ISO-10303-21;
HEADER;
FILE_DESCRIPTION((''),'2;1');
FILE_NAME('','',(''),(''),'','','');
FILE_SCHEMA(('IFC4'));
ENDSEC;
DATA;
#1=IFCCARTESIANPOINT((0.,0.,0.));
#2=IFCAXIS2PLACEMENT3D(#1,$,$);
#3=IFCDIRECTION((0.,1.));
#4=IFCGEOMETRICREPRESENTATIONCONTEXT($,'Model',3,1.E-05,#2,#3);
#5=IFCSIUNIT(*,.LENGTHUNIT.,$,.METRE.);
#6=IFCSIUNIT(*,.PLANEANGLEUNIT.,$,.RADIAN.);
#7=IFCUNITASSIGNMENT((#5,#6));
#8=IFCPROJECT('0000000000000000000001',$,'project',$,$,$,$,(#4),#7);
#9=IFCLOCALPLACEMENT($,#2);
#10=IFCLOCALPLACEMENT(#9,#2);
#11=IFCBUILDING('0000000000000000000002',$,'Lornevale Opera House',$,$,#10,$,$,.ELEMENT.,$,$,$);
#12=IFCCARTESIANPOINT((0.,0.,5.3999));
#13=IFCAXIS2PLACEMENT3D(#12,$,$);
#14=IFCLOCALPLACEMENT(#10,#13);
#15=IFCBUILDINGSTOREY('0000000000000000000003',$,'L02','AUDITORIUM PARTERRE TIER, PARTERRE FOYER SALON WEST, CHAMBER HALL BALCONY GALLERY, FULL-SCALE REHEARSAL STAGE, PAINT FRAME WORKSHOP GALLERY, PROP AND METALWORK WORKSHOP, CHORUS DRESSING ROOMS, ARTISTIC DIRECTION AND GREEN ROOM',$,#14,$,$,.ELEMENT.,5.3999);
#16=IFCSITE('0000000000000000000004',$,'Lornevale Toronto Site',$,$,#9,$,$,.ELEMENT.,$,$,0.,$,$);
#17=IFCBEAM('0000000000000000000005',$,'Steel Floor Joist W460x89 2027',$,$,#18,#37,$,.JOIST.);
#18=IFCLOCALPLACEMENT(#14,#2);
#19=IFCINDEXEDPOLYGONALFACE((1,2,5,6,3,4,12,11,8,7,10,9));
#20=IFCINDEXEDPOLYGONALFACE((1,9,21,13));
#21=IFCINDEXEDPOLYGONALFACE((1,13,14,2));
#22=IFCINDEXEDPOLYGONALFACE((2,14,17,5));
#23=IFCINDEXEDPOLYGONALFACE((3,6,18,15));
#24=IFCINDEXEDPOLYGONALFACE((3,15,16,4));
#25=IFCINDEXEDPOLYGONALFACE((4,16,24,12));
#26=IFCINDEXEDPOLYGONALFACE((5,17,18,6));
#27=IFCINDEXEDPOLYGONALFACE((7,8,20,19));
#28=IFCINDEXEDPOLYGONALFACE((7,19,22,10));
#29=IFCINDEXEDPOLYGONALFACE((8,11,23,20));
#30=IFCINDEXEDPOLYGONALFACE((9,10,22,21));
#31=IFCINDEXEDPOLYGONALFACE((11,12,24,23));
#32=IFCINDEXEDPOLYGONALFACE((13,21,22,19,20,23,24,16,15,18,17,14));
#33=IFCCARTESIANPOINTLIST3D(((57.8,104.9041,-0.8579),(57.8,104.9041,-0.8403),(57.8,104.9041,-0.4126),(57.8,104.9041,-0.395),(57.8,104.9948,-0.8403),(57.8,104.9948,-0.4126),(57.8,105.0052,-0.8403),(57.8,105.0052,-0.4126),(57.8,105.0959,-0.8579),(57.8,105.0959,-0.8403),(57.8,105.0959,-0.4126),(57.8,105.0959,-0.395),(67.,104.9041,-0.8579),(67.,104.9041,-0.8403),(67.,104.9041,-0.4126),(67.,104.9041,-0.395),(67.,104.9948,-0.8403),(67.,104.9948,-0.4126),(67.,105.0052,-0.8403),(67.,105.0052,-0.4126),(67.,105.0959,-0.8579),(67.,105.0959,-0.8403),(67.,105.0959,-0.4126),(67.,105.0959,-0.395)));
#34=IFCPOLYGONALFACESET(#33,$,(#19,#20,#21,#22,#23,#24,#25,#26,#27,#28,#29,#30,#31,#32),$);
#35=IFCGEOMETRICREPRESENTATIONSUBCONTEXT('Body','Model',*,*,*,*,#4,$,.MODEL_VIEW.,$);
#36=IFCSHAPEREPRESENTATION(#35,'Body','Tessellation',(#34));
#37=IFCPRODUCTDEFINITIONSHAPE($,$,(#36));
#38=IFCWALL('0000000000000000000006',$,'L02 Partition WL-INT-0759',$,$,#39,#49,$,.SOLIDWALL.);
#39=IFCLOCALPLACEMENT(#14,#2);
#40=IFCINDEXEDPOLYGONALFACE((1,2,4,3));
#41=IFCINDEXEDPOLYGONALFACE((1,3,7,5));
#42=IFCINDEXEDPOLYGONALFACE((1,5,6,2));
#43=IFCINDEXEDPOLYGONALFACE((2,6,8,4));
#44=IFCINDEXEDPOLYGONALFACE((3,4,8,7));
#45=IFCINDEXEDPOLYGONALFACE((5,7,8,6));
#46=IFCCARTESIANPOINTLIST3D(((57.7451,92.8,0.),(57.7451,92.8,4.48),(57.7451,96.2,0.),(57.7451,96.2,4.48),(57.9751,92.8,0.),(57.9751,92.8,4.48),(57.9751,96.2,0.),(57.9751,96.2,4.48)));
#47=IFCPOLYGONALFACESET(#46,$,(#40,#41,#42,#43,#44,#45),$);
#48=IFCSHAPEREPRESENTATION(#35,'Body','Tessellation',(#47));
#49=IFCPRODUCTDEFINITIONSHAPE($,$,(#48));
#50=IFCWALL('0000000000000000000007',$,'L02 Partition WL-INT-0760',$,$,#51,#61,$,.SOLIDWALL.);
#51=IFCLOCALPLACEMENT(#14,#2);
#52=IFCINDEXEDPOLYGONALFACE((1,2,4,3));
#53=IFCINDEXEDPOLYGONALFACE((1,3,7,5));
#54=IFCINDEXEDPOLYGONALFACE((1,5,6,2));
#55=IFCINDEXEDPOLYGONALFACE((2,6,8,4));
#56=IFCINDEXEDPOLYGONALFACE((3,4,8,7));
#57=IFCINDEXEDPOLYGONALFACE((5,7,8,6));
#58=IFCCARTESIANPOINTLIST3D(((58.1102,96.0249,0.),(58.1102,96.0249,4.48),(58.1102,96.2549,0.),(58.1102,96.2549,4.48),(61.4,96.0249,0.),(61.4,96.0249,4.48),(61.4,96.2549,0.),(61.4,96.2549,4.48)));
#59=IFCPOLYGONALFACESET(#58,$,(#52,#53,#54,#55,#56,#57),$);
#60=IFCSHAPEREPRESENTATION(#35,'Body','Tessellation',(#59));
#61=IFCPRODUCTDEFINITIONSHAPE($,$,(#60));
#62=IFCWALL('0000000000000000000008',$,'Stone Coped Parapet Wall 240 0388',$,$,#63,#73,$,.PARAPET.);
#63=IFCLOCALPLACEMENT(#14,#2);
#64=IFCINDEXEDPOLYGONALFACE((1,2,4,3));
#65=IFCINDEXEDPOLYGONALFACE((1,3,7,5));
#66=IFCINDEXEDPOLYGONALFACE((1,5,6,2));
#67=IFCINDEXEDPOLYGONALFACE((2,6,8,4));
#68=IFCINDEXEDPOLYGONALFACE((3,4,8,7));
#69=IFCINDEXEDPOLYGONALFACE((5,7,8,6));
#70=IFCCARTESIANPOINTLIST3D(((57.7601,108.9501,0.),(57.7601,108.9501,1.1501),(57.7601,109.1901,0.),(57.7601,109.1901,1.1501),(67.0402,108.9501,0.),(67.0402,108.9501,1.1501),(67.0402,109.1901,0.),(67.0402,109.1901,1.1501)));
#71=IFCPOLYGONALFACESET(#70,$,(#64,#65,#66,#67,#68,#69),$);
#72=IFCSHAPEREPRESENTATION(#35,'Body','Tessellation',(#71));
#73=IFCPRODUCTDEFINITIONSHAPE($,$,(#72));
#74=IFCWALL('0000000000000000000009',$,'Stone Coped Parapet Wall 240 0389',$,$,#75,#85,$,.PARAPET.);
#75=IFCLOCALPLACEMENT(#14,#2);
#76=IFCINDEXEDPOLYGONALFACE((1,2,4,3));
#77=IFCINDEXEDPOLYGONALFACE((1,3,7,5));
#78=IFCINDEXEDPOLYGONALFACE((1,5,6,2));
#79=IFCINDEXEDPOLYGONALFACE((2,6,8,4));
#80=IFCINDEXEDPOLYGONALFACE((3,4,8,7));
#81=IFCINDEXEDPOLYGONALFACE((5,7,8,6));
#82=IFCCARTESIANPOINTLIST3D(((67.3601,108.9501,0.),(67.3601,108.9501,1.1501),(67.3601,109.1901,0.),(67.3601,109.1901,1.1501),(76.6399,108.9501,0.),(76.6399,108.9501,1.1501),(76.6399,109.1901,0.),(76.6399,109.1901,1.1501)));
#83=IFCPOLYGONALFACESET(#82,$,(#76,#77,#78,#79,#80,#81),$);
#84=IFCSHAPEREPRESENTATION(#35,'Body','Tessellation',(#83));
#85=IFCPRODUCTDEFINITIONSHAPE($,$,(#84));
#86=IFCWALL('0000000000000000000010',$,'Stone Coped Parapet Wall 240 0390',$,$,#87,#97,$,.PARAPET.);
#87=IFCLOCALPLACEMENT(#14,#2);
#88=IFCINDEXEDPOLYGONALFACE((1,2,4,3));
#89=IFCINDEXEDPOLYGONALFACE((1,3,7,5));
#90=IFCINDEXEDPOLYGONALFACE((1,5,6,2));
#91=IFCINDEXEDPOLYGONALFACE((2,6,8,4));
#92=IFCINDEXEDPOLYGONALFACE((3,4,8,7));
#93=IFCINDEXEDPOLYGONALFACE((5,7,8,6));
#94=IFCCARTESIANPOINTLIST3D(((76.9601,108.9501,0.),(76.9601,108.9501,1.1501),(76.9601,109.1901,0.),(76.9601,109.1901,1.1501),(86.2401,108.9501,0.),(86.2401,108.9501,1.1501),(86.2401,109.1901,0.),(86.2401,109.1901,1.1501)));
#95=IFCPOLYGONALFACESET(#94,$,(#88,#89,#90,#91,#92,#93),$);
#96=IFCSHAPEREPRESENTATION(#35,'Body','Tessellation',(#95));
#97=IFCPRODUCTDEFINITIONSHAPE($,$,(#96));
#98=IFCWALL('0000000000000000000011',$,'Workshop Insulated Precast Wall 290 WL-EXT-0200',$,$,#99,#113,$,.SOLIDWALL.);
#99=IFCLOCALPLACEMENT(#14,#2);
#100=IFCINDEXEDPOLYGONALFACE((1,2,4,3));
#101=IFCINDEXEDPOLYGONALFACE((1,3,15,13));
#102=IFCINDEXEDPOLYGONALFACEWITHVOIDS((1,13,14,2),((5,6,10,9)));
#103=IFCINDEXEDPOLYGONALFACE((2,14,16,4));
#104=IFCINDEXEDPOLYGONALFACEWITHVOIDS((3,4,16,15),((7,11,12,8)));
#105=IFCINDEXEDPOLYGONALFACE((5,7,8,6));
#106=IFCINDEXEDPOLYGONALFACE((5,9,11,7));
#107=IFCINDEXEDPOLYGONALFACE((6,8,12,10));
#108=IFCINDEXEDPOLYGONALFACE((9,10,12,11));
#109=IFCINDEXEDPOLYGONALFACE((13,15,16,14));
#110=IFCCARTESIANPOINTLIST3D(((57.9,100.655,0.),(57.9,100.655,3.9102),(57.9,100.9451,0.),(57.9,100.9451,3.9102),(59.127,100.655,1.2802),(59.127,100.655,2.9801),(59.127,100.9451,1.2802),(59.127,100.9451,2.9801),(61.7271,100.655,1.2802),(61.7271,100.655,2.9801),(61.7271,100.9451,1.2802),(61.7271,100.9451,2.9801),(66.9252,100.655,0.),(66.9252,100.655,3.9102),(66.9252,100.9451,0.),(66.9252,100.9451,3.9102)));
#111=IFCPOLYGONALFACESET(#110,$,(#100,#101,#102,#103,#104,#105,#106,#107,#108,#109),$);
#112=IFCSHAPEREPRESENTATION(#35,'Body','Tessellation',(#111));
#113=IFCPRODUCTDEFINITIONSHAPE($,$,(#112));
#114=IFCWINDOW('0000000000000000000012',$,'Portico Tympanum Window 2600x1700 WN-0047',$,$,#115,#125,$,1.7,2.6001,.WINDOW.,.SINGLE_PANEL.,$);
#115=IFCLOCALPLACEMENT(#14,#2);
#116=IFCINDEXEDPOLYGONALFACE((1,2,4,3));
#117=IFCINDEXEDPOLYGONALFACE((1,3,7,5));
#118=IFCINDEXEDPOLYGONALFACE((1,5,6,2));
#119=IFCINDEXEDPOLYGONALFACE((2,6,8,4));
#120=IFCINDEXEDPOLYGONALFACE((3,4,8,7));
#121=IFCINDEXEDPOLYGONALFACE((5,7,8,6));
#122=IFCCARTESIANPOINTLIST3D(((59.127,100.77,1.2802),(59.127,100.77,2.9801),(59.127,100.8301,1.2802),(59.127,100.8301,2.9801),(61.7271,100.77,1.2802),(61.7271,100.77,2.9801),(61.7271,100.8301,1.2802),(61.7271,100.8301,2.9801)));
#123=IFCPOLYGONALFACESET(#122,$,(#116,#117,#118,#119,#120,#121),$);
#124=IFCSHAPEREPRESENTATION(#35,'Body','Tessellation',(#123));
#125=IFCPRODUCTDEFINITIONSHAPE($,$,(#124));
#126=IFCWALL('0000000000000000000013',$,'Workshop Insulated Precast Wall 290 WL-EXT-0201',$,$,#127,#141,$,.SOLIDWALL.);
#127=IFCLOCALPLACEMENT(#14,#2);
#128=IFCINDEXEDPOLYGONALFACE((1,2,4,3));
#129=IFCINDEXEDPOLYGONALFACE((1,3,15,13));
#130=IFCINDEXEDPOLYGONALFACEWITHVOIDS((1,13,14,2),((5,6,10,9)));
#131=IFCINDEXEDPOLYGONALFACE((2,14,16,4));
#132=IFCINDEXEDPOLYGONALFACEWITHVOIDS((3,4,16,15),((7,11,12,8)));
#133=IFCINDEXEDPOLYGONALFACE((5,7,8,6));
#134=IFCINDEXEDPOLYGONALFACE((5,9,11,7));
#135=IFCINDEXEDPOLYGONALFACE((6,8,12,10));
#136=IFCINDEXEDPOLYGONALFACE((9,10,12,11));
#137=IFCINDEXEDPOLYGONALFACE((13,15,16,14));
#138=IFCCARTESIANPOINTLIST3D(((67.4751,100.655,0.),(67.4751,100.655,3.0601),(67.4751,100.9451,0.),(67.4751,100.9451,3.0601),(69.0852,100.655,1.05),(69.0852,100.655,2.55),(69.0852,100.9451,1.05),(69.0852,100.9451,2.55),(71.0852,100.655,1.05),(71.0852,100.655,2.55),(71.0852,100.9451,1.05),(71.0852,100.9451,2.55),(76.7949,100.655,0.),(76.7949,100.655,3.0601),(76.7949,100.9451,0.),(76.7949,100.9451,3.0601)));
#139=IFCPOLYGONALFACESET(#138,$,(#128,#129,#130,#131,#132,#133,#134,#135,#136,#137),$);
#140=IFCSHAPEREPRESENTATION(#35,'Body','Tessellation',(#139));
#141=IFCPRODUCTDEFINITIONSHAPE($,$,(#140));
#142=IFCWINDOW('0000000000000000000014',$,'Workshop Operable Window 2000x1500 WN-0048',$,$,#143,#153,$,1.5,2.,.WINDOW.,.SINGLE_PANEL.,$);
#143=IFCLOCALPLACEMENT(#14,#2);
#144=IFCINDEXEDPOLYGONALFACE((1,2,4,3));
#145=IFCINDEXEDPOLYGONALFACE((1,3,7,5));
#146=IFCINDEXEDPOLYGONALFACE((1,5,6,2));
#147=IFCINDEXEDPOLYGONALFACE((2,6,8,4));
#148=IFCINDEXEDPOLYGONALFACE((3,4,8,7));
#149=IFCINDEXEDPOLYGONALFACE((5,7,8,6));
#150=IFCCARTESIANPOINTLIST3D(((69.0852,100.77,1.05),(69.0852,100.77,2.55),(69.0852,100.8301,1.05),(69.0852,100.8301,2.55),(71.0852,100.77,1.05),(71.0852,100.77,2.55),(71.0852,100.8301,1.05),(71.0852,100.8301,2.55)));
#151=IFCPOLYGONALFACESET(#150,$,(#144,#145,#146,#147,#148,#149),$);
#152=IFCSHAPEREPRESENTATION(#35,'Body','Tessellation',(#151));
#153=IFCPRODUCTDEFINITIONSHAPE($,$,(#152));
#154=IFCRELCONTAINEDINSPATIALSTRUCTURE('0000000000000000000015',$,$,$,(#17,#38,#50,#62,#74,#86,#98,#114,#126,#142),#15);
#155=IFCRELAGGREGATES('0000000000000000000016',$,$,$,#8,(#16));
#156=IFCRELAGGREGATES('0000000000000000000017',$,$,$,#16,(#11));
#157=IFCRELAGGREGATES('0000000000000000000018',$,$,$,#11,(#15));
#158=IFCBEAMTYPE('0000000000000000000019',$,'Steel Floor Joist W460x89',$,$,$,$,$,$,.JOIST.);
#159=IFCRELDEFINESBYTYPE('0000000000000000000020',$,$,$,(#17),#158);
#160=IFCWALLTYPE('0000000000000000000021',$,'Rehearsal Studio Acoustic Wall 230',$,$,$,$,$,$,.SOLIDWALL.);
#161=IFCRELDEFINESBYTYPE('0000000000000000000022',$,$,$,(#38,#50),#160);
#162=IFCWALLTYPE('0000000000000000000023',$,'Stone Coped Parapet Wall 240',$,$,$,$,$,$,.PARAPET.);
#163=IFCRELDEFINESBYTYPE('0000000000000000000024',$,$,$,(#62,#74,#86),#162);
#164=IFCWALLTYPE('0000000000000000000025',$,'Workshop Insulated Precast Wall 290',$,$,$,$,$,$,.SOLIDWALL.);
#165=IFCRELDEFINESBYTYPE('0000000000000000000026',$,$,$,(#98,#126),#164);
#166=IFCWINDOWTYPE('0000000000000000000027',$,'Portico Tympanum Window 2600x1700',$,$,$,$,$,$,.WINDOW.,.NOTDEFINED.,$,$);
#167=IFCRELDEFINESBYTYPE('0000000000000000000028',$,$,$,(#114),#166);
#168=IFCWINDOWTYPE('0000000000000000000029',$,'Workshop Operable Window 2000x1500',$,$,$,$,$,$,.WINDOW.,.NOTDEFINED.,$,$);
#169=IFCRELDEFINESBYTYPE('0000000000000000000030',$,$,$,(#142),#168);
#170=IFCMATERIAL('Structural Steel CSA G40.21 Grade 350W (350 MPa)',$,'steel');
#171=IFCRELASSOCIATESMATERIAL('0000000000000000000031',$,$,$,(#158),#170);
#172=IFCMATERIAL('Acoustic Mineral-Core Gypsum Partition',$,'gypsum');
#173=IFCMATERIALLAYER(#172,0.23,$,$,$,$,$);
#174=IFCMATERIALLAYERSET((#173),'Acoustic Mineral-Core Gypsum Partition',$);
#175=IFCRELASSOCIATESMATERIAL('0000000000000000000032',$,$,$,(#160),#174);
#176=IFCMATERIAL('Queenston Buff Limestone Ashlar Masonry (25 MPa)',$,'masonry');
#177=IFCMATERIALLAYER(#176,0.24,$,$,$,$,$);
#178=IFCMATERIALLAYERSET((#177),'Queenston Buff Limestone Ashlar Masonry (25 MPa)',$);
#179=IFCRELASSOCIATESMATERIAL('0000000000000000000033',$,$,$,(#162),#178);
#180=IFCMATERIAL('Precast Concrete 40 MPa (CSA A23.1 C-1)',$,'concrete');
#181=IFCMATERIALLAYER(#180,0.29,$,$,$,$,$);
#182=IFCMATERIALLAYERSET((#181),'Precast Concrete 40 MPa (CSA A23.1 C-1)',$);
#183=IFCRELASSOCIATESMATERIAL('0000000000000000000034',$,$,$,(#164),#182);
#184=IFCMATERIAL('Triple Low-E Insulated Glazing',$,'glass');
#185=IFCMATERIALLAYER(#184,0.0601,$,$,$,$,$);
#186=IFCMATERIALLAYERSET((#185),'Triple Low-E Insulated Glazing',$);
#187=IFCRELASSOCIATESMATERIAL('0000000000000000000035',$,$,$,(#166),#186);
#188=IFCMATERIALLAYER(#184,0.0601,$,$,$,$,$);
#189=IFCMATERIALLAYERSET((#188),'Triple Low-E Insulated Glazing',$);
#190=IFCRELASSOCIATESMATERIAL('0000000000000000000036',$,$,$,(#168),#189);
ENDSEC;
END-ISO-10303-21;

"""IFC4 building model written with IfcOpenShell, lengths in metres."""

from ifc_helpers import new_model, si_unit, direction, frame, frame_2d, origin, origin_2d, place, context, subcontext, project, spatial, rectangle, i_section, extrude, material, layer, layer_set, material_profile, profile_set, type_object, element, fill, save


model = new_model("IFC4")

# Units and contexts
model_context = context("Model", 3, precision=1e-05, world=origin(), true_north=direction((0.0, 1.0)))
body_context = subcontext(model_context, "Body", "Model", "MODEL_VIEW")
ifc_project = project(units=[si_unit("LENGTHUNIT", "METRE"), si_unit("PLANEANGLEUNIT", "RADIAN")], contexts=[model_context])

# Site, building, storey
site_placement = place(None, origin())
site = spatial("IfcSite", under=ifc_project, at=site_placement, Name="Lornevale Toronto Site", CompositionType="ELEMENT", RefElevation=0.0)
building_placement = place(site_placement, origin())
building = spatial("IfcBuilding", under=site, at=building_placement, Name="Lornevale Opera House", CompositionType="ELEMENT")
storey_placement = place(building_placement, frame((0.0, 0.0, 5.3999)))
storey = spatial("IfcBuildingStorey", under=building, at=storey_placement, Name="L02", Description="AUDITORIUM PARTERRE TIER, PARTERRE FOYER SALON WEST, CHAMBER HALL BALCONY GALLERY, FULL-SCALE REHEARSAL STAGE, PAINT FRAME WORKSHOP GALLERY, PROP AND METALWORK WORKSHOP, CHORUS DRESSING ROOMS, ARTISTIC DIRECTION AND GREEN ROOM", CompositionType="ELEMENT", Elevation=5.3999)

# Beam
ifc_material_1 = material(Name="Structural Steel CSA G40.21 Grade 350W (350 MPa)", Category="steel")
ifc_material_profile_1 = material_profile(ifc_material_1, i_section(OverallWidth=0.1919, OverallDepth=0.4629, WebThickness=0.0105, FlangeThickness=0.0176, at=origin_2d()), Name="W460x89")
ifc_profile_set_1 = profile_set([ifc_material_profile_1], Name="Structural Steel CSA G40.21 Grade 350W (350 MPa)")
beam_type_1 = type_object("IfcBeamType", Name="Steel Floor Joist W460x89", PredefinedType="JOIST", material=ifc_profile_set_1)
for number, where, z_axis, x_axis, name in (
    (1, (57.8, 105.0, -0.6265), (1.0, 0.0, 0.0), (0.0, 1.0, 0.0), "Steel Floor Joist W460x89 2027"),
):
    element("IfcBeam", number, at=place(storey_placement, frame(where, z_axis=z_axis, x_axis=x_axis)), inside=storey, type_object=beam_type_1, Name=name, PredefinedType="JOIST", context=body_context, shape_type="SweptSolid", body=[
        extrude(i_section(OverallWidth=0.1919, OverallDepth=0.4629, WebThickness=0.0105, FlangeThickness=0.0176, at=origin_2d()), origin(), (0.0, 0.0, 1.0), 9.2),
    ])

# Walls
ifc_material_2 = material(Name="Acoustic Mineral-Core Gypsum Partition", Category="gypsum")
ifc_layer_1 = layer(ifc_material_2, 0.23)
ifc_layer_set_1 = layer_set([ifc_layer_1], Name="Acoustic Mineral-Core Gypsum Partition")
wall_type_1 = type_object("IfcWallType", Name="Rehearsal Studio Acoustic Wall 230", PredefinedType="SOLIDWALL", material=ifc_layer_set_1)
wall_1_placement = place(storey_placement, frame((57.8601, 92.8, 0.0), z_axis=(0.0, 0.0, 1.0), x_axis=(0.0, 1.0, 0.0)))
element("IfcWall", 2, at=wall_1_placement, inside=storey, type_object=wall_type_1, Name="L02 Partition WL-INT-0759", PredefinedType="SOLIDWALL", context=body_context, shape_type="SweptSolid", body=[
    extrude(rectangle(XDim=3.3999, YDim=0.23, at=frame_2d((1.7, 0.0))), origin(), (0.0, 0.0, 1.0), 4.48),
])
wall_2_placement = place(storey_placement, frame((58.1101, 96.1399, 0.0), z_axis=(0.0, 0.0, 1.0), x_axis=(1.0, 0.0, 0.0)))
element("IfcWall", 3, at=wall_2_placement, inside=storey, type_object=wall_type_1, Name="L02 Partition WL-INT-0760", PredefinedType="SOLIDWALL", context=body_context, shape_type="SweptSolid", body=[
    extrude(rectangle(XDim=3.2898, YDim=0.23, at=frame_2d((1.645, 0.0))), origin(), (0.0, 0.0, 1.0), 4.48),
])
ifc_material_3 = material(Name="Queenston Buff Limestone Ashlar Masonry (25 MPa)", Category="masonry")
ifc_layer_2 = layer(ifc_material_3, 0.24)
ifc_layer_set_2 = layer_set([ifc_layer_2], Name="Queenston Buff Limestone Ashlar Masonry (25 MPa)")
wall_type_2 = type_object("IfcWallType", Name="Stone Coped Parapet Wall 240", PredefinedType="PARAPET", material=ifc_layer_set_2)
wall_3_placement = place(storey_placement, frame((57.76, 109.0701, 0.0), z_axis=(0.0, 0.0, 1.0), x_axis=(1.0, 0.0, 0.0)))
element("IfcWall", 4, at=wall_3_placement, inside=storey, type_object=wall_type_2, Name="Stone Coped Parapet Wall 240 0388", PredefinedType="PARAPET", context=body_context, shape_type="SweptSolid", body=[
    extrude(rectangle(XDim=9.28, YDim=0.24, at=frame_2d((4.6401, 0.0))), origin(), (0.0, 0.0, 1.0), 1.1501),
])
wall_4_placement = place(storey_placement, frame((67.3601, 109.0701, 0.0), z_axis=(0.0, 0.0, 1.0), x_axis=(1.0, 0.0, 0.0)))
element("IfcWall", 5, at=wall_4_placement, inside=storey, type_object=wall_type_2, Name="Stone Coped Parapet Wall 240 0389", PredefinedType="PARAPET", context=body_context, shape_type="SweptSolid", body=[
    extrude(rectangle(XDim=9.2798, YDim=0.24, at=frame_2d((4.6399, 0.0))), origin(), (0.0, 0.0, 1.0), 1.1501),
])
wall_5_placement = place(storey_placement, frame((76.96, 109.0701, 0.0), z_axis=(0.0, 0.0, 1.0), x_axis=(1.0, 0.0, 0.0)))
element("IfcWall", 6, at=wall_5_placement, inside=storey, type_object=wall_type_2, Name="Stone Coped Parapet Wall 240 0390", PredefinedType="PARAPET", context=body_context, shape_type="SweptSolid", body=[
    extrude(rectangle(XDim=9.28, YDim=0.24, at=frame_2d((4.6401, 0.0))), origin(), (0.0, 0.0, 1.0), 1.1501),
])

# Walls, openings, windows
ifc_material_4 = material(Name="Precast Concrete 40 MPa (CSA A23.1 C-1)", Category="concrete")
ifc_layer_3 = layer(ifc_material_4, 0.29)
ifc_layer_set_3 = layer_set([ifc_layer_3], Name="Precast Concrete 40 MPa (CSA A23.1 C-1)")
wall_type_3 = type_object("IfcWallType", Name="Workshop Insulated Precast Wall 290", PredefinedType="SOLIDWALL", material=ifc_layer_set_3)
wall_6_placement = place(storey_placement, frame((57.8999, 100.8, 0.0), z_axis=(0.0, 0.0, 1.0), x_axis=(1.0, 0.0, 0.0)))
wall_6 = element("IfcWall", 7, at=wall_6_placement, inside=storey, type_object=wall_type_3, Name="Workshop Insulated Precast Wall 290 WL-EXT-0200", PredefinedType="SOLIDWALL", context=body_context, shape_type="SweptSolid", body=[
    extrude(rectangle(XDim=9.0251, YDim=0.29, at=frame_2d((4.5127, 0.0))), origin(), (0.0, 0.0, 1.0), 3.9102),
])
opening_1_placement = place(wall_6_placement, frame((1.2271, 0.0, 1.28)))
opening_1 = element("IfcOpeningElement", 8, at=opening_1_placement, cuts=wall_6, PredefinedType="OPENING", context=body_context, shape_type="SweptSolid", body=[
    extrude(rectangle(XDim=2.6001, YDim=1.7, at=frame_2d((1.3, 0.8501))), frame((0.0, 0.155, 0.0), z_axis=(0.0, -1.0, 0.0), x_axis=(1.0, 0.0, 0.0)), (0.0, 0.0, 1.0), 0.3101),
])
ifc_material_5 = material(Name="Triple Low-E Insulated Glazing", Category="glass")
ifc_layer_4 = layer(ifc_material_5, 0.0601)
ifc_layer_set_4 = layer_set([ifc_layer_4], Name="Triple Low-E Insulated Glazing")
window_type_1 = type_object("IfcWindowType", Name="Portico Tympanum Window 2600x1700", PartitioningType="NOTDEFINED", PredefinedType="WINDOW", material=ifc_layer_set_4)
window_1_placement = place(opening_1_placement, origin())
window_1 = element("IfcWindow", 9, at=window_1_placement, inside=storey, type_object=window_type_1, Name="Portico Tympanum Window 2600x1700 WN-0047", OverallHeight=1.7, OverallWidth=2.6001, PartitioningType="SINGLE_PANEL", PredefinedType="WINDOW", context=body_context, shape_type="SweptSolid", body=[
    extrude(rectangle(XDim=2.6001, YDim=1.7, at=frame_2d((1.3, 0.8501))), frame((0.0, 0.03, 0.0), z_axis=(0.0, -1.0, 0.0), x_axis=(1.0, 0.0, 0.0)), (0.0, 0.0, 1.0), 0.0601),
])
fill(opening_1, window_1)
wall_7_placement = place(storey_placement, frame((67.4751, 100.8, 0.0), z_axis=(0.0, 0.0, 1.0), x_axis=(1.0, 0.0, 0.0)))
wall_7 = element("IfcWall", 10, at=wall_7_placement, inside=storey, type_object=wall_type_3, Name="Workshop Insulated Precast Wall 290 WL-EXT-0201", PredefinedType="SOLIDWALL", context=body_context, shape_type="SweptSolid", body=[
    extrude(rectangle(XDim=9.3198, YDim=0.29, at=frame_2d((4.6599, 0.0))), origin(), (0.0, 0.0, 1.0), 3.0601),
])
opening_2_placement = place(wall_7_placement, frame((1.6101, 0.0, 1.05)))
opening_2 = element("IfcOpeningElement", 11, at=opening_2_placement, cuts=wall_7, PredefinedType="OPENING", context=body_context, shape_type="SweptSolid", body=[
    extrude(rectangle(XDim=2.0, YDim=1.5, at=frame_2d((1.0, 0.75))), frame((0.0, 0.155, 0.0), z_axis=(0.0, -1.0, 0.0), x_axis=(1.0, 0.0, 0.0)), (0.0, 0.0, 1.0), 0.3101),
])
ifc_layer_5 = layer(ifc_material_5, 0.0601)
ifc_layer_set_5 = layer_set([ifc_layer_5], Name="Triple Low-E Insulated Glazing")
window_type_2 = type_object("IfcWindowType", Name="Workshop Operable Window 2000x1500", PartitioningType="NOTDEFINED", PredefinedType="WINDOW", material=ifc_layer_set_5)
window_2_placement = place(opening_2_placement, origin())
window_2 = element("IfcWindow", 12, at=window_2_placement, inside=storey, type_object=window_type_2, Name="Workshop Operable Window 2000x1500 WN-0048", OverallHeight=1.5, OverallWidth=2.0, PartitioningType="SINGLE_PANEL", PredefinedType="WINDOW", context=body_context, shape_type="SweptSolid", body=[
    extrude(rectangle(XDim=2.0, YDim=1.5, at=frame_2d((1.0, 0.75))), frame((0.0, 0.03, 0.0), z_axis=(0.0, -1.0, 0.0), x_axis=(1.0, 0.0, 0.0)), (0.0, 0.0, 1.0), 0.0601),
])
fill(opening_2, window_2)

save(model, "model.ifc")
